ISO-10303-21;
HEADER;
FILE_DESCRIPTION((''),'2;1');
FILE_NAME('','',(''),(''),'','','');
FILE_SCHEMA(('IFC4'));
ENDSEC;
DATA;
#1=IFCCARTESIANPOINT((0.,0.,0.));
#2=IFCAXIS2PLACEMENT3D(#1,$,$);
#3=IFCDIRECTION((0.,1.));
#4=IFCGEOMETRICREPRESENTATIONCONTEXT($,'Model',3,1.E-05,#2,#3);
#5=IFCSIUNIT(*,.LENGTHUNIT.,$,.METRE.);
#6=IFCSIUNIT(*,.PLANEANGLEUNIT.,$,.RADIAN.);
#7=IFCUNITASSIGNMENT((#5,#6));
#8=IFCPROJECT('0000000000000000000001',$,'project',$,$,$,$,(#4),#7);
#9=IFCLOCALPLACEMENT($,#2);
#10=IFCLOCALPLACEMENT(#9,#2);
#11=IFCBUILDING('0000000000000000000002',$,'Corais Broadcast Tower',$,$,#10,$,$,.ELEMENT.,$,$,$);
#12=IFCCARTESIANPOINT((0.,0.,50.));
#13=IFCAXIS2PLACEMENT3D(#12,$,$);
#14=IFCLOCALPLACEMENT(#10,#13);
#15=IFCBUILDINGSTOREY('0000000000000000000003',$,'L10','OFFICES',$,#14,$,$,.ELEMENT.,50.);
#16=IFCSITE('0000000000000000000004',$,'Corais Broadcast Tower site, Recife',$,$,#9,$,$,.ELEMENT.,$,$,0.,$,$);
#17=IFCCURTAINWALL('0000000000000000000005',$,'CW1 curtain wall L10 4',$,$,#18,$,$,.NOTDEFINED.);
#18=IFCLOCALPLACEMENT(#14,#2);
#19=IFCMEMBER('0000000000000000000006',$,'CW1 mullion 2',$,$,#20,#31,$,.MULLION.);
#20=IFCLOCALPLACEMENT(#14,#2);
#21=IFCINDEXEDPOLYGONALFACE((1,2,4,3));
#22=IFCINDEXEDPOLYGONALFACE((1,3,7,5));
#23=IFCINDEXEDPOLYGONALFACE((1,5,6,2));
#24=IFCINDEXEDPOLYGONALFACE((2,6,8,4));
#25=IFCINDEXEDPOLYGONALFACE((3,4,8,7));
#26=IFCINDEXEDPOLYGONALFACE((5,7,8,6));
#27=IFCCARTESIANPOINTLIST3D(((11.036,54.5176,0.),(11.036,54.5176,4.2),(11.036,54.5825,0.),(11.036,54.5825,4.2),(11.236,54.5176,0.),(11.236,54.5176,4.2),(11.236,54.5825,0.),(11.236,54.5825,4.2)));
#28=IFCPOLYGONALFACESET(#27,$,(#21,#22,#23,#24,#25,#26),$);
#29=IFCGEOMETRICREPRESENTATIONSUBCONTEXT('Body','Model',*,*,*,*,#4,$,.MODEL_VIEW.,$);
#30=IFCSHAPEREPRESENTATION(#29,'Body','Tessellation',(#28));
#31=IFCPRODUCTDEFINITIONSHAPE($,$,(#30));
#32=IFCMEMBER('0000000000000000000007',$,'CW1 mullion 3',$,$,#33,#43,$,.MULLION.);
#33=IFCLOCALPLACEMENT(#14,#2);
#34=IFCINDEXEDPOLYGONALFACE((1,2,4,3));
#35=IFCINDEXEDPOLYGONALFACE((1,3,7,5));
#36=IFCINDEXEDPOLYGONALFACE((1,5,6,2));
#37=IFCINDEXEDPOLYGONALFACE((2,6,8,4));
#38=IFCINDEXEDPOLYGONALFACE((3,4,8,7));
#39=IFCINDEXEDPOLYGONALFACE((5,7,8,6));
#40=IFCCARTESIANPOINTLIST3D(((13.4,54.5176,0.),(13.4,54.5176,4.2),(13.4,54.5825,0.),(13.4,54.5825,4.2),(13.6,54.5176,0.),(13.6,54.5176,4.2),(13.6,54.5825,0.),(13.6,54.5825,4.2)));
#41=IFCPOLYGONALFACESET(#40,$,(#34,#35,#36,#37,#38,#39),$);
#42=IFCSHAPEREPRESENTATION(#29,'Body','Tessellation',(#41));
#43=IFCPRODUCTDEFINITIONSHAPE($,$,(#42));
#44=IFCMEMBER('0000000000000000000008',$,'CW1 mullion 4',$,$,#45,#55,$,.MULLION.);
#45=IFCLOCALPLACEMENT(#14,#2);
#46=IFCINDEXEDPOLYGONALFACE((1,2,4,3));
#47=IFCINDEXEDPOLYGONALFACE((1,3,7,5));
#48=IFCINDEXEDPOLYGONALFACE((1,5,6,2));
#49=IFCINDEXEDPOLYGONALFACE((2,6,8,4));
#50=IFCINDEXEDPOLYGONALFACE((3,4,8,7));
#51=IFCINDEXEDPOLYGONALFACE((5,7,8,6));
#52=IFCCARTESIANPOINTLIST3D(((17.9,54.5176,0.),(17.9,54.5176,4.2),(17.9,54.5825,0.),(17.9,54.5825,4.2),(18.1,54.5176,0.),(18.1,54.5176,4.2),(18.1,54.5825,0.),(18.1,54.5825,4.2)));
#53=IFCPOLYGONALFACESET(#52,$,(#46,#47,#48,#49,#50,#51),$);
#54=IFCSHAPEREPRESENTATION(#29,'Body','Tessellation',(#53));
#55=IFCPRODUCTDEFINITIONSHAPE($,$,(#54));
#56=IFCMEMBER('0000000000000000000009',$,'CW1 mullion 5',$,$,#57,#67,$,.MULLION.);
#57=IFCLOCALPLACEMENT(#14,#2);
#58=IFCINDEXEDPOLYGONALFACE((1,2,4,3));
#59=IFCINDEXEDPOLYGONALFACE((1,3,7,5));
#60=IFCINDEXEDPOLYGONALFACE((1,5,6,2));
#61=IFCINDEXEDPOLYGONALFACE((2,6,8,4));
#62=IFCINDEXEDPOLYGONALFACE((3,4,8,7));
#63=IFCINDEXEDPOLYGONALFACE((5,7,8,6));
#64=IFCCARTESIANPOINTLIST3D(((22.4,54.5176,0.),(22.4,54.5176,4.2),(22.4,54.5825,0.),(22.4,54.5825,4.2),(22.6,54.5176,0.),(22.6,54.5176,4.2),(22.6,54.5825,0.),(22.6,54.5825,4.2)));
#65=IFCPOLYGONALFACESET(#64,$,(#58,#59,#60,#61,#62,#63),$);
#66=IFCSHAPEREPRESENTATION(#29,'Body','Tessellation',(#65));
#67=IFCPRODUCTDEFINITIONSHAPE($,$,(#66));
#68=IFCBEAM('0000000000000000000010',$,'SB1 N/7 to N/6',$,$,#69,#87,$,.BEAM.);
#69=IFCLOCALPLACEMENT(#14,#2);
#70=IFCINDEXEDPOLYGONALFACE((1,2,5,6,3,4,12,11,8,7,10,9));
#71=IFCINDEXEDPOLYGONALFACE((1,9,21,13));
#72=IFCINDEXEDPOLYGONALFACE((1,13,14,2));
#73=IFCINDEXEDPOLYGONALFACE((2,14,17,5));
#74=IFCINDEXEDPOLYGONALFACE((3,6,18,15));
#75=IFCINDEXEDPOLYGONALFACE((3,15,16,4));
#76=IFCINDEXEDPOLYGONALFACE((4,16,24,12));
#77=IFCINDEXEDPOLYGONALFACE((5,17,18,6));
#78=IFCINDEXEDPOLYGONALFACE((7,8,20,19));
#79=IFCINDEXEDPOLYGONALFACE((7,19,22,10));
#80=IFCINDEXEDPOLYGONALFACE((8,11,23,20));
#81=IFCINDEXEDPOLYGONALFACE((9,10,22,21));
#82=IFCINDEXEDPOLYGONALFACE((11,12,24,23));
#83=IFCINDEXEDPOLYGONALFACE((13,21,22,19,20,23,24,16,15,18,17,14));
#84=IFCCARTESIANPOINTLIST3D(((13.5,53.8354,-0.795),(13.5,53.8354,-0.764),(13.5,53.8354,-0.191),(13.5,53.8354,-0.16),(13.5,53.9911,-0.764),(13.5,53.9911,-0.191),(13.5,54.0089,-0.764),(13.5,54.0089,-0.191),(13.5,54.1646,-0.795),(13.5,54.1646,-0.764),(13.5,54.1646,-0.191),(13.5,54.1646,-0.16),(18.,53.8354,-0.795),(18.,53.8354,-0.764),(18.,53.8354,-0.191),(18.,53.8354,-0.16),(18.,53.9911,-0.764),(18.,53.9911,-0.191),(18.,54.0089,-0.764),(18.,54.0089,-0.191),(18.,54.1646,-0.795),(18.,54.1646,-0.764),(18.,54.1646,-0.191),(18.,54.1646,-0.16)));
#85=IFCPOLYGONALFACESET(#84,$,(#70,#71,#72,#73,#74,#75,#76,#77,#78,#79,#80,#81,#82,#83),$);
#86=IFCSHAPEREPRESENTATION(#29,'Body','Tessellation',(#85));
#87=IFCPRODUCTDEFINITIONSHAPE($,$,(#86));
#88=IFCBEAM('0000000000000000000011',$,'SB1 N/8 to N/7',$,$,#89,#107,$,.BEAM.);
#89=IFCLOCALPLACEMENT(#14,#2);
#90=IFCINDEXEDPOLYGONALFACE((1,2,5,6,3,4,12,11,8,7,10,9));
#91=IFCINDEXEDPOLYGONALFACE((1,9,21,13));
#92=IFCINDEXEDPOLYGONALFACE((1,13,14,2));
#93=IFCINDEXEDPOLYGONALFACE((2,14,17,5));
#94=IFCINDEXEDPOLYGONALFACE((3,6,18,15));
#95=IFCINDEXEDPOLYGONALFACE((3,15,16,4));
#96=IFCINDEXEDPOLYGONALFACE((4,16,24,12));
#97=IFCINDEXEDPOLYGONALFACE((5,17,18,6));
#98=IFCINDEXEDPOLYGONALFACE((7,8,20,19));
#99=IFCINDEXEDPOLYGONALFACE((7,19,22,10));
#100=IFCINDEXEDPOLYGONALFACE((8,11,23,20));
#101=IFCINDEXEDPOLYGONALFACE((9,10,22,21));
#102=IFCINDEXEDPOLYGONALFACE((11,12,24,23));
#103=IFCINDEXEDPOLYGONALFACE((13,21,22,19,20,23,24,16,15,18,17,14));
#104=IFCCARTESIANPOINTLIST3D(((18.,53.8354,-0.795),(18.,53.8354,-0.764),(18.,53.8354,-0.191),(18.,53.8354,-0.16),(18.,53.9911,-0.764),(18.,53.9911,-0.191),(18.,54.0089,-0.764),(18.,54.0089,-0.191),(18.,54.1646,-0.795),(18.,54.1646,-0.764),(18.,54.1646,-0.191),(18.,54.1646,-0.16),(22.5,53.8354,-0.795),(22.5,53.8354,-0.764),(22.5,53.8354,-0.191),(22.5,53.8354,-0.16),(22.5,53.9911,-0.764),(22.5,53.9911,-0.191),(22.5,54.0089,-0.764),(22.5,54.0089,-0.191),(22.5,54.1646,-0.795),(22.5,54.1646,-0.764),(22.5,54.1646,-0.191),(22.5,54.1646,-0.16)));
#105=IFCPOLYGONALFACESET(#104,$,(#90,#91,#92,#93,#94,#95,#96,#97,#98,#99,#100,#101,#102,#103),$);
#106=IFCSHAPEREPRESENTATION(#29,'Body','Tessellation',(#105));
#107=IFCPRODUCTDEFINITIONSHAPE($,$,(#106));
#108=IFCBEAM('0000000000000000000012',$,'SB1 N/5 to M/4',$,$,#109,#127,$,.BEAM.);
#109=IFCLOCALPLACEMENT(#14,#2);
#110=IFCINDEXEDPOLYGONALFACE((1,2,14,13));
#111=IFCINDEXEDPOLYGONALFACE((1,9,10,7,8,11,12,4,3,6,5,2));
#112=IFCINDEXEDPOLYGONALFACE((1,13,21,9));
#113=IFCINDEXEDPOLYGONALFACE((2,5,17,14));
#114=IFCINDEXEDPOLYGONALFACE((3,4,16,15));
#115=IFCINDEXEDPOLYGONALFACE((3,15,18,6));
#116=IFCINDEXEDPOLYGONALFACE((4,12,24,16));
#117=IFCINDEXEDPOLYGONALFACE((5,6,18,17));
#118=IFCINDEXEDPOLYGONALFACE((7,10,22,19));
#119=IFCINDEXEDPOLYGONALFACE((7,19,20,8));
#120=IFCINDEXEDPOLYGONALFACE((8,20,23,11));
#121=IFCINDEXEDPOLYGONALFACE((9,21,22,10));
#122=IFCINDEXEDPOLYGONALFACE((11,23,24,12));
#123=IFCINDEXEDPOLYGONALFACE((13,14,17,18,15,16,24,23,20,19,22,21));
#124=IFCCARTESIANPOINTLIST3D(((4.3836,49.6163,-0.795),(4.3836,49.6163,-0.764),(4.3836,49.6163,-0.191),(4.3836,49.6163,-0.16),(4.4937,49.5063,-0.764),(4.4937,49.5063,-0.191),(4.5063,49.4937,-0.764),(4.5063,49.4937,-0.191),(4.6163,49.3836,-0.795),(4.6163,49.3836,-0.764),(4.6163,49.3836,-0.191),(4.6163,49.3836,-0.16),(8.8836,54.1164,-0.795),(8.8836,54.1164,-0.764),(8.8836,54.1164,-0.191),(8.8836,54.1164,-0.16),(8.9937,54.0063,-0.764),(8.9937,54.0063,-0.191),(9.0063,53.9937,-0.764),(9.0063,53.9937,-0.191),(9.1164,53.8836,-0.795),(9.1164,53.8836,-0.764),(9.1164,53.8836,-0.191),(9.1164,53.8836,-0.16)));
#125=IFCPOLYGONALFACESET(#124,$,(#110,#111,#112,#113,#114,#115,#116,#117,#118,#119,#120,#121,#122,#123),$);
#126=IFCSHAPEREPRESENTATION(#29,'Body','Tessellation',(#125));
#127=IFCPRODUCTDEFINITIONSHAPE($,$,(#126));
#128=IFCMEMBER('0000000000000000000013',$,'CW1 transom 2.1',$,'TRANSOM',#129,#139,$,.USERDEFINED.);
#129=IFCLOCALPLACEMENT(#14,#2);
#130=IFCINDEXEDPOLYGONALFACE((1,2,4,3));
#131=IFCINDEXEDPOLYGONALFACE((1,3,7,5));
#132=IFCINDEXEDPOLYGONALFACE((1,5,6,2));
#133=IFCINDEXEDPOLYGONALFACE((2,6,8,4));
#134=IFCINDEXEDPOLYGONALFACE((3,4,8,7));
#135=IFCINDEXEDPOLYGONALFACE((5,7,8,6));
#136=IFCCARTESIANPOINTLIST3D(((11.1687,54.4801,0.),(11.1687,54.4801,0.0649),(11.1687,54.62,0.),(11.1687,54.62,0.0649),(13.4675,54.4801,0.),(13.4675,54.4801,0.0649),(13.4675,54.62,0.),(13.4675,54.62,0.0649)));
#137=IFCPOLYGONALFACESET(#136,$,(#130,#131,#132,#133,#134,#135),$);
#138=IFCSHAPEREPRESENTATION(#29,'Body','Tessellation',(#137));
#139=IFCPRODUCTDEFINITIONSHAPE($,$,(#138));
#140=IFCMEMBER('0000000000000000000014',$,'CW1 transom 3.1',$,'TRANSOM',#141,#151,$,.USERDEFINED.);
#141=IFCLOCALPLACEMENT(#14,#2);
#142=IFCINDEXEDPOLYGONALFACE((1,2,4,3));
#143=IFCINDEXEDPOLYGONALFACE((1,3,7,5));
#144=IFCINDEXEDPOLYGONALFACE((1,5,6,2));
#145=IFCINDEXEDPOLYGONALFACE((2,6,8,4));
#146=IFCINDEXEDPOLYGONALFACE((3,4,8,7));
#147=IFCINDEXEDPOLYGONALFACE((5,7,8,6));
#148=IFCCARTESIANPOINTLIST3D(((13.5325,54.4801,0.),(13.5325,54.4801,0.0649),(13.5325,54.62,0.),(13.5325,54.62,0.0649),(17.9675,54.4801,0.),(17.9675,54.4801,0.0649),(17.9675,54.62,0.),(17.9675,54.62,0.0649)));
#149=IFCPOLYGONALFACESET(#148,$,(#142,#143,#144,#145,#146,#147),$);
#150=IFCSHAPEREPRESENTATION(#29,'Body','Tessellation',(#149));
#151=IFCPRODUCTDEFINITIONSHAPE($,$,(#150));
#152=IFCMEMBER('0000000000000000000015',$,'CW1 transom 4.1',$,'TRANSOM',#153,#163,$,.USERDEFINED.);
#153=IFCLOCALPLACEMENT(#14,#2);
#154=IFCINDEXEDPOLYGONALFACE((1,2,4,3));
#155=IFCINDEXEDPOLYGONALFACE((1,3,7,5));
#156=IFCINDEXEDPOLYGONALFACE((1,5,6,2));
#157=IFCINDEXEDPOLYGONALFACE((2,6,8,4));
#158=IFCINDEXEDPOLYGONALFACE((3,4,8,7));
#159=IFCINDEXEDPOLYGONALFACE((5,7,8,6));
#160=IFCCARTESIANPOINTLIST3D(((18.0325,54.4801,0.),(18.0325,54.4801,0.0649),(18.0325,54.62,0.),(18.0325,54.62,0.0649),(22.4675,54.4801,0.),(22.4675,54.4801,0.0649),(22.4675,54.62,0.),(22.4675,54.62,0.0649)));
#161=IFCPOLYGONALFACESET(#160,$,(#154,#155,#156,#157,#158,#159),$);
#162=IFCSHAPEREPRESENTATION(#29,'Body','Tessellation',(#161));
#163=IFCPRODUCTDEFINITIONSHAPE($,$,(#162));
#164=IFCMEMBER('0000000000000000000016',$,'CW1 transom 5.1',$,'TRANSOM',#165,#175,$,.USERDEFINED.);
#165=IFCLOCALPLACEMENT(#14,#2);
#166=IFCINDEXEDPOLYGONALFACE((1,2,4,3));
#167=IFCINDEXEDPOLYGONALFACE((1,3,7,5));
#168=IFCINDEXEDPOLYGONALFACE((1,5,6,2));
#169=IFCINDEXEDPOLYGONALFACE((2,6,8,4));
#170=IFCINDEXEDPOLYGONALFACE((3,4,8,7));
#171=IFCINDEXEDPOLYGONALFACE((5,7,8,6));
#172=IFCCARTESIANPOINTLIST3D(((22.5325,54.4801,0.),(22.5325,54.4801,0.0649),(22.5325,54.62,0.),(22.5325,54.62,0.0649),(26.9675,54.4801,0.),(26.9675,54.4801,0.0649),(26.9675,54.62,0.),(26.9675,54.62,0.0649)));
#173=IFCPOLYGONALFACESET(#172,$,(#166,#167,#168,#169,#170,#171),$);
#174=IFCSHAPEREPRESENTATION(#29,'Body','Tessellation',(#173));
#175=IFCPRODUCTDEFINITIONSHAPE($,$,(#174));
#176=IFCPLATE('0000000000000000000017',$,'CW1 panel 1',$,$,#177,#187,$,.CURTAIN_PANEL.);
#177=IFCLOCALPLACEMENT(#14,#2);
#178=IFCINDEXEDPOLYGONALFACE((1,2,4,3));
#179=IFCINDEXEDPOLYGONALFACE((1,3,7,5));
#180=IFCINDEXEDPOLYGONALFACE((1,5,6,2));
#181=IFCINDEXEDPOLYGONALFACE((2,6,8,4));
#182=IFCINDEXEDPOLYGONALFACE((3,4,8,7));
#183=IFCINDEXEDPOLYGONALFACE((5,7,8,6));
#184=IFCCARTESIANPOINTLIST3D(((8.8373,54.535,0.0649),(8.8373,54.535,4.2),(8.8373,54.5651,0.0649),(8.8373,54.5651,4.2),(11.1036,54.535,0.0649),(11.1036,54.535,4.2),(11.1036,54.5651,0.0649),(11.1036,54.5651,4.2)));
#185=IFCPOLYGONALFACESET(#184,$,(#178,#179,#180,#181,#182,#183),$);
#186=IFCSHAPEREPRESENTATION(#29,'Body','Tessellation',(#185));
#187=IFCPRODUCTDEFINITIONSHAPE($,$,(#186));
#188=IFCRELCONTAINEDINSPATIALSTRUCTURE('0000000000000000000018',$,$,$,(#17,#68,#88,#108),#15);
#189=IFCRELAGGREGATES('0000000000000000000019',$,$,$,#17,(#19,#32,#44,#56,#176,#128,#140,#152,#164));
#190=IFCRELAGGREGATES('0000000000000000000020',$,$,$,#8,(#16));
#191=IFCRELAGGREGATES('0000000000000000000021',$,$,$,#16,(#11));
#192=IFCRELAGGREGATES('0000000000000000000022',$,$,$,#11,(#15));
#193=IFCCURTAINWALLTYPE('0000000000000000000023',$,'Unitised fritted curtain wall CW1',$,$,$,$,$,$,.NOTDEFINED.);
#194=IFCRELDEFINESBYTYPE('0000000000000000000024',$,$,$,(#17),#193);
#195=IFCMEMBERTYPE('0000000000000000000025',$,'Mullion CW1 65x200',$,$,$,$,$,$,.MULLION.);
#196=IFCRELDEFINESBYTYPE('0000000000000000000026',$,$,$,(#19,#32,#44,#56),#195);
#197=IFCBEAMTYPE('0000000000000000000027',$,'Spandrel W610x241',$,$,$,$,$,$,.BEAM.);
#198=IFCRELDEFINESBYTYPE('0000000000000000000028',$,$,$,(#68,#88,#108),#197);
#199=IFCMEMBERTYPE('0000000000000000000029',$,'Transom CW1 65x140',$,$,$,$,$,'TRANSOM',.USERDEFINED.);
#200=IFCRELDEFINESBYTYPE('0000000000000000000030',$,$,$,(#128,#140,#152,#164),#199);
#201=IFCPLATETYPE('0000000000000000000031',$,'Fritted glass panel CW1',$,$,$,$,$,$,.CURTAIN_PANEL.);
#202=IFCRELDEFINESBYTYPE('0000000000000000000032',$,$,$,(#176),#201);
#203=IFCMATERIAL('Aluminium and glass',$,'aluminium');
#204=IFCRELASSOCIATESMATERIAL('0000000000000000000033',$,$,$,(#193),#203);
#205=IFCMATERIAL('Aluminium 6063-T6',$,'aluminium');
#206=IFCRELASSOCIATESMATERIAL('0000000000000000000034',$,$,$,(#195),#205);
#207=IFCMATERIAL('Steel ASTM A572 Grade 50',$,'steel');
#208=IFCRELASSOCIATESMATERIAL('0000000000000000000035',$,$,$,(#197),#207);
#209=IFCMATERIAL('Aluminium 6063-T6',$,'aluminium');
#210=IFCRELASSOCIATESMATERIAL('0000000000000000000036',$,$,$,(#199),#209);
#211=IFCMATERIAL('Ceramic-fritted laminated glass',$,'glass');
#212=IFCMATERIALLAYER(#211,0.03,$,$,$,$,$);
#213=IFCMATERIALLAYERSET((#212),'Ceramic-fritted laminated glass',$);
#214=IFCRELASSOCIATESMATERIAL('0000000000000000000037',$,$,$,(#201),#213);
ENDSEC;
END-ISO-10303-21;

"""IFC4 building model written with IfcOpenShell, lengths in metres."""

from ifc_helpers import new_model, si_unit, direction, frame, origin, origin_2d, place, context, subcontext, project, spatial, rectangle, i_section, extrude, material, layer, layer_set, material_profile, profile_set, type_object, element, aggregate, save


model = new_model("IFC4")

# Units and contexts
model_context = context("Model", 3, precision=1e-05, world=origin(), true_north=direction((0.0, 1.0)))
body_context = subcontext(model_context, "Body", "Model", "MODEL_VIEW")
ifc_project = project(units=[si_unit("LENGTHUNIT", "METRE"), si_unit("PLANEANGLEUNIT", "RADIAN")], contexts=[model_context])

# Site, building, storey
site_placement = place(None, origin())
site = spatial("IfcSite", under=ifc_project, at=site_placement, Name="Corais Broadcast Tower site, Recife", CompositionType="ELEMENT", RefElevation=0.0)
building_placement = place(site_placement, origin())
building = spatial("IfcBuilding", under=site, at=building_placement, Name="Corais Broadcast Tower", CompositionType="ELEMENT")
storey_placement = place(building_placement, frame((0.0, 0.0, 50.0)))
storey = spatial("IfcBuildingStorey", under=building, at=storey_placement, Name="L10", Description="OFFICES", CompositionType="ELEMENT", Elevation=50.0)

# Curtain wall, members
ifc_material_1 = material(Name="Aluminium and glass", Category="aluminium")
curtain_wall_type = type_object("IfcCurtainWallType", Name="Unitised fritted curtain wall CW1", PredefinedType="NOTDEFINED", material=ifc_material_1)
curtain_wall_placement = place(storey_placement, origin())
curtain_wall = element("IfcCurtainWall", 1, at=curtain_wall_placement, inside=storey, type_object=curtain_wall_type, Name="CW1 curtain wall L10 4", PredefinedType="NOTDEFINED")
ifc_material_2 = material(Name="Aluminium 6063-T6", Category="aluminium")
ifc_material_profile_1 = material_profile(ifc_material_2, rectangle(XDim=0.0649, YDim=0.2, at=origin_2d()), Name="Mullion CW1 65x200")
ifc_profile_set_1 = profile_set([ifc_material_profile_1], Name="Aluminium 6063-T6")
member_type_1 = type_object("IfcMemberType", Name="Mullion CW1 65x200", PredefinedType="MULLION", material=ifc_profile_set_1)
member_1_placement = place(storey_placement, frame((11.136, 54.55, 0.0), z_axis=(0.0, 0.0, 1.0), x_axis=(0.0, 1.0, 0.0)))
member_1 = element("IfcMember", 2, at=member_1_placement, type_object=member_type_1, Name="CW1 mullion 2", PredefinedType="MULLION", context=body_context, shape_type="SweptSolid", body=[
    extrude(rectangle(XDim=0.0649, YDim=0.2, at=origin_2d()), origin(), (0.0, 0.0, 1.0), 4.2),
])
member_2_placement = place(storey_placement, frame((13.5, 54.55, 0.0), z_axis=(0.0, 0.0, 1.0), x_axis=(0.0, 1.0, 0.0)))
member_2 = element("IfcMember", 3, at=member_2_placement, type_object=member_type_1, Name="CW1 mullion 3", PredefinedType="MULLION", context=body_context, shape_type="SweptSolid", body=[
    extrude(rectangle(XDim=0.0649, YDim=0.2, at=origin_2d()), origin(), (0.0, 0.0, 1.0), 4.2),
])
member_3_placement = place(storey_placement, frame((18.0, 54.55, 0.0), z_axis=(0.0, 0.0, 1.0), x_axis=(0.0, 1.0, 0.0)))
member_3 = element("IfcMember", 4, at=member_3_placement, type_object=member_type_1, Name="CW1 mullion 4", PredefinedType="MULLION", context=body_context, shape_type="SweptSolid", body=[
    extrude(rectangle(XDim=0.0649, YDim=0.2, at=origin_2d()), origin(), (0.0, 0.0, 1.0), 4.2),
])
member_4_placement = place(storey_placement, frame((22.5, 54.55, 0.0), z_axis=(0.0, 0.0, 1.0), x_axis=(0.0, 1.0, 0.0)))
member_4 = element("IfcMember", 5, at=member_4_placement, type_object=member_type_1, Name="CW1 mullion 5", PredefinedType="MULLION", context=body_context, shape_type="SweptSolid", body=[
    extrude(rectangle(XDim=0.0649, YDim=0.2, at=origin_2d()), origin(), (0.0, 0.0, 1.0), 4.2),
])

# Beams
ifc_material_3 = material(Name="Steel ASTM A572 Grade 50", Category="steel")
ifc_material_profile_2 = material_profile(ifc_material_3, i_section(OverallWidth=0.3291, OverallDepth=0.635, WebThickness=0.0178, FlangeThickness=0.031, at=origin_2d()), Name="W610x241")
ifc_profile_set_2 = profile_set([ifc_material_profile_2], Name="Steel ASTM A572 Grade 50")
beam_type_1 = type_object("IfcBeamType", Name="Spandrel W610x241", PredefinedType="BEAM", material=ifc_profile_set_2)
for number, where, z_axis, x_axis, name in (
    (6, (18.0, 54.0, -0.4775), (-1.0, 0.0, 0.0), (0.0, -1.0, 0.0), "SB1 N/7 to N/6"),
    (7, (22.5, 54.0, -0.4775), (-1.0, 0.0, 0.0), (0.0, -1.0, 0.0), "SB1 N/8 to N/7"),
):
    element("IfcBeam", number, at=place(storey_placement, frame(where, z_axis=z_axis, x_axis=x_axis)), inside=storey, type_object=beam_type_1, Name=name, PredefinedType="BEAM", context=body_context, shape_type="SweptSolid", body=[
        extrude(i_section(OverallWidth=0.3291, OverallDepth=0.635, WebThickness=0.0178, FlangeThickness=0.031, at=origin_2d()), origin(), (0.0, 0.0, 1.0), 4.5),
    ])
beam_1_placement = place(storey_placement, frame((9.0, 54.0, -0.4775), z_axis=(-0.707107, -0.707107, 0.0), x_axis=(0.707107, -0.707107, 0.0)))
element("IfcBeam", 8, at=beam_1_placement, inside=storey, type_object=beam_type_1, Name="SB1 N/5 to M/4", PredefinedType="BEAM", context=body_context, shape_type="SweptSolid", body=[
    extrude(i_section(OverallWidth=0.3291, OverallDepth=0.635, WebThickness=0.0178, FlangeThickness=0.031, at=origin_2d()), origin(), (0.0, 0.0, 1.0), 6.364),
])

# Members
ifc_material_4 = material(Name="Aluminium 6063-T6", Category="aluminium")
ifc_material_profile_3 = material_profile(ifc_material_4, rectangle(XDim=0.1399, YDim=0.0649, at=origin_2d()), Name="Transom CW1 65x140")
ifc_profile_set_3 = profile_set([ifc_material_profile_3], Name="Aluminium 6063-T6")
member_type_2 = type_object("IfcMemberType", Name="Transom CW1 65x140", ElementType="TRANSOM", PredefinedType="USERDEFINED", material=ifc_profile_set_3)
member_5_placement = place(storey_placement, frame((11.1687, 54.55, 0.0325), z_axis=(1.0, 0.0, 0.0), x_axis=(0.0, 1.0, 0.0)))
member_5 = element("IfcMember", 9, at=member_5_placement, type_object=member_type_2, Name="CW1 transom 2.1", ObjectType="TRANSOM", PredefinedType="USERDEFINED", context=body_context, shape_type="SweptSolid", body=[
    extrude(rectangle(XDim=0.1399, YDim=0.0649, at=origin_2d()), origin(), (0.0, 0.0, 1.0), 2.2988),
])
member_6_placement = place(storey_placement, frame((13.5325, 54.55, 0.0325), z_axis=(1.0, 0.0, 0.0), x_axis=(0.0, 1.0, 0.0)))
member_6 = element("IfcMember", 10, at=member_6_placement, type_object=member_type_2, Name="CW1 transom 3.1", ObjectType="TRANSOM", PredefinedType="USERDEFINED", context=body_context, shape_type="SweptSolid", body=[
    extrude(rectangle(XDim=0.1399, YDim=0.0649, at=origin_2d()), origin(), (0.0, 0.0, 1.0), 4.4351),
])
member_7_placement = place(storey_placement, frame((18.0325, 54.55, 0.0325), z_axis=(1.0, 0.0, 0.0), x_axis=(0.0, 1.0, 0.0)))
member_7 = element("IfcMember", 11, at=member_7_placement, type_object=member_type_2, Name="CW1 transom 4.1", ObjectType="TRANSOM", PredefinedType="USERDEFINED", context=body_context, shape_type="SweptSolid", body=[
    extrude(rectangle(XDim=0.1399, YDim=0.0649, at=origin_2d()), origin(), (0.0, 0.0, 1.0), 4.4351),
])
member_8_placement = place(storey_placement, frame((22.5325, 54.55, 0.0325), z_axis=(1.0, 0.0, 0.0), x_axis=(0.0, 1.0, 0.0)))
member_8 = element("IfcMember", 12, at=member_8_placement, type_object=member_type_2, Name="CW1 transom 5.1", ObjectType="TRANSOM", PredefinedType="USERDEFINED", context=body_context, shape_type="SweptSolid", body=[
    extrude(rectangle(XDim=0.1399, YDim=0.0649, at=origin_2d()), origin(), (0.0, 0.0, 1.0), 4.4351),
])

# Plate
ifc_material_5 = material(Name="Ceramic-fritted laminated glass", Category="glass")
ifc_layer_1 = layer(ifc_material_5, 0.03)
ifc_layer_set_1 = layer_set([ifc_layer_1], Name="Ceramic-fritted laminated glass")
plate_type_1 = type_object("IfcPlateType", Name="Fritted glass panel CW1", PredefinedType="CURTAIN_PANEL", material=ifc_layer_set_1)
plate_1_placement = place(storey_placement, frame((9.9705, 54.55, 0.0649), z_axis=(0.0, 0.0, 1.0), x_axis=(1.0, 0.0, 0.0)))
plate_1 = element("IfcPlate", 13, at=plate_1_placement, type_object=plate_type_1, Name="CW1 panel 1", PredefinedType="CURTAIN_PANEL", context=body_context, shape_type="SweptSolid", body=[
    extrude(rectangle(XDim=2.2664, YDim=0.03, at=origin_2d()), origin(), (0.0, 0.0, 1.0), 4.135),
])
aggregate(curtain_wall, [member_1, member_2, member_3, member_4, plate_1, member_5, member_6, member_7, member_8])

save(model, "model.ifc")
